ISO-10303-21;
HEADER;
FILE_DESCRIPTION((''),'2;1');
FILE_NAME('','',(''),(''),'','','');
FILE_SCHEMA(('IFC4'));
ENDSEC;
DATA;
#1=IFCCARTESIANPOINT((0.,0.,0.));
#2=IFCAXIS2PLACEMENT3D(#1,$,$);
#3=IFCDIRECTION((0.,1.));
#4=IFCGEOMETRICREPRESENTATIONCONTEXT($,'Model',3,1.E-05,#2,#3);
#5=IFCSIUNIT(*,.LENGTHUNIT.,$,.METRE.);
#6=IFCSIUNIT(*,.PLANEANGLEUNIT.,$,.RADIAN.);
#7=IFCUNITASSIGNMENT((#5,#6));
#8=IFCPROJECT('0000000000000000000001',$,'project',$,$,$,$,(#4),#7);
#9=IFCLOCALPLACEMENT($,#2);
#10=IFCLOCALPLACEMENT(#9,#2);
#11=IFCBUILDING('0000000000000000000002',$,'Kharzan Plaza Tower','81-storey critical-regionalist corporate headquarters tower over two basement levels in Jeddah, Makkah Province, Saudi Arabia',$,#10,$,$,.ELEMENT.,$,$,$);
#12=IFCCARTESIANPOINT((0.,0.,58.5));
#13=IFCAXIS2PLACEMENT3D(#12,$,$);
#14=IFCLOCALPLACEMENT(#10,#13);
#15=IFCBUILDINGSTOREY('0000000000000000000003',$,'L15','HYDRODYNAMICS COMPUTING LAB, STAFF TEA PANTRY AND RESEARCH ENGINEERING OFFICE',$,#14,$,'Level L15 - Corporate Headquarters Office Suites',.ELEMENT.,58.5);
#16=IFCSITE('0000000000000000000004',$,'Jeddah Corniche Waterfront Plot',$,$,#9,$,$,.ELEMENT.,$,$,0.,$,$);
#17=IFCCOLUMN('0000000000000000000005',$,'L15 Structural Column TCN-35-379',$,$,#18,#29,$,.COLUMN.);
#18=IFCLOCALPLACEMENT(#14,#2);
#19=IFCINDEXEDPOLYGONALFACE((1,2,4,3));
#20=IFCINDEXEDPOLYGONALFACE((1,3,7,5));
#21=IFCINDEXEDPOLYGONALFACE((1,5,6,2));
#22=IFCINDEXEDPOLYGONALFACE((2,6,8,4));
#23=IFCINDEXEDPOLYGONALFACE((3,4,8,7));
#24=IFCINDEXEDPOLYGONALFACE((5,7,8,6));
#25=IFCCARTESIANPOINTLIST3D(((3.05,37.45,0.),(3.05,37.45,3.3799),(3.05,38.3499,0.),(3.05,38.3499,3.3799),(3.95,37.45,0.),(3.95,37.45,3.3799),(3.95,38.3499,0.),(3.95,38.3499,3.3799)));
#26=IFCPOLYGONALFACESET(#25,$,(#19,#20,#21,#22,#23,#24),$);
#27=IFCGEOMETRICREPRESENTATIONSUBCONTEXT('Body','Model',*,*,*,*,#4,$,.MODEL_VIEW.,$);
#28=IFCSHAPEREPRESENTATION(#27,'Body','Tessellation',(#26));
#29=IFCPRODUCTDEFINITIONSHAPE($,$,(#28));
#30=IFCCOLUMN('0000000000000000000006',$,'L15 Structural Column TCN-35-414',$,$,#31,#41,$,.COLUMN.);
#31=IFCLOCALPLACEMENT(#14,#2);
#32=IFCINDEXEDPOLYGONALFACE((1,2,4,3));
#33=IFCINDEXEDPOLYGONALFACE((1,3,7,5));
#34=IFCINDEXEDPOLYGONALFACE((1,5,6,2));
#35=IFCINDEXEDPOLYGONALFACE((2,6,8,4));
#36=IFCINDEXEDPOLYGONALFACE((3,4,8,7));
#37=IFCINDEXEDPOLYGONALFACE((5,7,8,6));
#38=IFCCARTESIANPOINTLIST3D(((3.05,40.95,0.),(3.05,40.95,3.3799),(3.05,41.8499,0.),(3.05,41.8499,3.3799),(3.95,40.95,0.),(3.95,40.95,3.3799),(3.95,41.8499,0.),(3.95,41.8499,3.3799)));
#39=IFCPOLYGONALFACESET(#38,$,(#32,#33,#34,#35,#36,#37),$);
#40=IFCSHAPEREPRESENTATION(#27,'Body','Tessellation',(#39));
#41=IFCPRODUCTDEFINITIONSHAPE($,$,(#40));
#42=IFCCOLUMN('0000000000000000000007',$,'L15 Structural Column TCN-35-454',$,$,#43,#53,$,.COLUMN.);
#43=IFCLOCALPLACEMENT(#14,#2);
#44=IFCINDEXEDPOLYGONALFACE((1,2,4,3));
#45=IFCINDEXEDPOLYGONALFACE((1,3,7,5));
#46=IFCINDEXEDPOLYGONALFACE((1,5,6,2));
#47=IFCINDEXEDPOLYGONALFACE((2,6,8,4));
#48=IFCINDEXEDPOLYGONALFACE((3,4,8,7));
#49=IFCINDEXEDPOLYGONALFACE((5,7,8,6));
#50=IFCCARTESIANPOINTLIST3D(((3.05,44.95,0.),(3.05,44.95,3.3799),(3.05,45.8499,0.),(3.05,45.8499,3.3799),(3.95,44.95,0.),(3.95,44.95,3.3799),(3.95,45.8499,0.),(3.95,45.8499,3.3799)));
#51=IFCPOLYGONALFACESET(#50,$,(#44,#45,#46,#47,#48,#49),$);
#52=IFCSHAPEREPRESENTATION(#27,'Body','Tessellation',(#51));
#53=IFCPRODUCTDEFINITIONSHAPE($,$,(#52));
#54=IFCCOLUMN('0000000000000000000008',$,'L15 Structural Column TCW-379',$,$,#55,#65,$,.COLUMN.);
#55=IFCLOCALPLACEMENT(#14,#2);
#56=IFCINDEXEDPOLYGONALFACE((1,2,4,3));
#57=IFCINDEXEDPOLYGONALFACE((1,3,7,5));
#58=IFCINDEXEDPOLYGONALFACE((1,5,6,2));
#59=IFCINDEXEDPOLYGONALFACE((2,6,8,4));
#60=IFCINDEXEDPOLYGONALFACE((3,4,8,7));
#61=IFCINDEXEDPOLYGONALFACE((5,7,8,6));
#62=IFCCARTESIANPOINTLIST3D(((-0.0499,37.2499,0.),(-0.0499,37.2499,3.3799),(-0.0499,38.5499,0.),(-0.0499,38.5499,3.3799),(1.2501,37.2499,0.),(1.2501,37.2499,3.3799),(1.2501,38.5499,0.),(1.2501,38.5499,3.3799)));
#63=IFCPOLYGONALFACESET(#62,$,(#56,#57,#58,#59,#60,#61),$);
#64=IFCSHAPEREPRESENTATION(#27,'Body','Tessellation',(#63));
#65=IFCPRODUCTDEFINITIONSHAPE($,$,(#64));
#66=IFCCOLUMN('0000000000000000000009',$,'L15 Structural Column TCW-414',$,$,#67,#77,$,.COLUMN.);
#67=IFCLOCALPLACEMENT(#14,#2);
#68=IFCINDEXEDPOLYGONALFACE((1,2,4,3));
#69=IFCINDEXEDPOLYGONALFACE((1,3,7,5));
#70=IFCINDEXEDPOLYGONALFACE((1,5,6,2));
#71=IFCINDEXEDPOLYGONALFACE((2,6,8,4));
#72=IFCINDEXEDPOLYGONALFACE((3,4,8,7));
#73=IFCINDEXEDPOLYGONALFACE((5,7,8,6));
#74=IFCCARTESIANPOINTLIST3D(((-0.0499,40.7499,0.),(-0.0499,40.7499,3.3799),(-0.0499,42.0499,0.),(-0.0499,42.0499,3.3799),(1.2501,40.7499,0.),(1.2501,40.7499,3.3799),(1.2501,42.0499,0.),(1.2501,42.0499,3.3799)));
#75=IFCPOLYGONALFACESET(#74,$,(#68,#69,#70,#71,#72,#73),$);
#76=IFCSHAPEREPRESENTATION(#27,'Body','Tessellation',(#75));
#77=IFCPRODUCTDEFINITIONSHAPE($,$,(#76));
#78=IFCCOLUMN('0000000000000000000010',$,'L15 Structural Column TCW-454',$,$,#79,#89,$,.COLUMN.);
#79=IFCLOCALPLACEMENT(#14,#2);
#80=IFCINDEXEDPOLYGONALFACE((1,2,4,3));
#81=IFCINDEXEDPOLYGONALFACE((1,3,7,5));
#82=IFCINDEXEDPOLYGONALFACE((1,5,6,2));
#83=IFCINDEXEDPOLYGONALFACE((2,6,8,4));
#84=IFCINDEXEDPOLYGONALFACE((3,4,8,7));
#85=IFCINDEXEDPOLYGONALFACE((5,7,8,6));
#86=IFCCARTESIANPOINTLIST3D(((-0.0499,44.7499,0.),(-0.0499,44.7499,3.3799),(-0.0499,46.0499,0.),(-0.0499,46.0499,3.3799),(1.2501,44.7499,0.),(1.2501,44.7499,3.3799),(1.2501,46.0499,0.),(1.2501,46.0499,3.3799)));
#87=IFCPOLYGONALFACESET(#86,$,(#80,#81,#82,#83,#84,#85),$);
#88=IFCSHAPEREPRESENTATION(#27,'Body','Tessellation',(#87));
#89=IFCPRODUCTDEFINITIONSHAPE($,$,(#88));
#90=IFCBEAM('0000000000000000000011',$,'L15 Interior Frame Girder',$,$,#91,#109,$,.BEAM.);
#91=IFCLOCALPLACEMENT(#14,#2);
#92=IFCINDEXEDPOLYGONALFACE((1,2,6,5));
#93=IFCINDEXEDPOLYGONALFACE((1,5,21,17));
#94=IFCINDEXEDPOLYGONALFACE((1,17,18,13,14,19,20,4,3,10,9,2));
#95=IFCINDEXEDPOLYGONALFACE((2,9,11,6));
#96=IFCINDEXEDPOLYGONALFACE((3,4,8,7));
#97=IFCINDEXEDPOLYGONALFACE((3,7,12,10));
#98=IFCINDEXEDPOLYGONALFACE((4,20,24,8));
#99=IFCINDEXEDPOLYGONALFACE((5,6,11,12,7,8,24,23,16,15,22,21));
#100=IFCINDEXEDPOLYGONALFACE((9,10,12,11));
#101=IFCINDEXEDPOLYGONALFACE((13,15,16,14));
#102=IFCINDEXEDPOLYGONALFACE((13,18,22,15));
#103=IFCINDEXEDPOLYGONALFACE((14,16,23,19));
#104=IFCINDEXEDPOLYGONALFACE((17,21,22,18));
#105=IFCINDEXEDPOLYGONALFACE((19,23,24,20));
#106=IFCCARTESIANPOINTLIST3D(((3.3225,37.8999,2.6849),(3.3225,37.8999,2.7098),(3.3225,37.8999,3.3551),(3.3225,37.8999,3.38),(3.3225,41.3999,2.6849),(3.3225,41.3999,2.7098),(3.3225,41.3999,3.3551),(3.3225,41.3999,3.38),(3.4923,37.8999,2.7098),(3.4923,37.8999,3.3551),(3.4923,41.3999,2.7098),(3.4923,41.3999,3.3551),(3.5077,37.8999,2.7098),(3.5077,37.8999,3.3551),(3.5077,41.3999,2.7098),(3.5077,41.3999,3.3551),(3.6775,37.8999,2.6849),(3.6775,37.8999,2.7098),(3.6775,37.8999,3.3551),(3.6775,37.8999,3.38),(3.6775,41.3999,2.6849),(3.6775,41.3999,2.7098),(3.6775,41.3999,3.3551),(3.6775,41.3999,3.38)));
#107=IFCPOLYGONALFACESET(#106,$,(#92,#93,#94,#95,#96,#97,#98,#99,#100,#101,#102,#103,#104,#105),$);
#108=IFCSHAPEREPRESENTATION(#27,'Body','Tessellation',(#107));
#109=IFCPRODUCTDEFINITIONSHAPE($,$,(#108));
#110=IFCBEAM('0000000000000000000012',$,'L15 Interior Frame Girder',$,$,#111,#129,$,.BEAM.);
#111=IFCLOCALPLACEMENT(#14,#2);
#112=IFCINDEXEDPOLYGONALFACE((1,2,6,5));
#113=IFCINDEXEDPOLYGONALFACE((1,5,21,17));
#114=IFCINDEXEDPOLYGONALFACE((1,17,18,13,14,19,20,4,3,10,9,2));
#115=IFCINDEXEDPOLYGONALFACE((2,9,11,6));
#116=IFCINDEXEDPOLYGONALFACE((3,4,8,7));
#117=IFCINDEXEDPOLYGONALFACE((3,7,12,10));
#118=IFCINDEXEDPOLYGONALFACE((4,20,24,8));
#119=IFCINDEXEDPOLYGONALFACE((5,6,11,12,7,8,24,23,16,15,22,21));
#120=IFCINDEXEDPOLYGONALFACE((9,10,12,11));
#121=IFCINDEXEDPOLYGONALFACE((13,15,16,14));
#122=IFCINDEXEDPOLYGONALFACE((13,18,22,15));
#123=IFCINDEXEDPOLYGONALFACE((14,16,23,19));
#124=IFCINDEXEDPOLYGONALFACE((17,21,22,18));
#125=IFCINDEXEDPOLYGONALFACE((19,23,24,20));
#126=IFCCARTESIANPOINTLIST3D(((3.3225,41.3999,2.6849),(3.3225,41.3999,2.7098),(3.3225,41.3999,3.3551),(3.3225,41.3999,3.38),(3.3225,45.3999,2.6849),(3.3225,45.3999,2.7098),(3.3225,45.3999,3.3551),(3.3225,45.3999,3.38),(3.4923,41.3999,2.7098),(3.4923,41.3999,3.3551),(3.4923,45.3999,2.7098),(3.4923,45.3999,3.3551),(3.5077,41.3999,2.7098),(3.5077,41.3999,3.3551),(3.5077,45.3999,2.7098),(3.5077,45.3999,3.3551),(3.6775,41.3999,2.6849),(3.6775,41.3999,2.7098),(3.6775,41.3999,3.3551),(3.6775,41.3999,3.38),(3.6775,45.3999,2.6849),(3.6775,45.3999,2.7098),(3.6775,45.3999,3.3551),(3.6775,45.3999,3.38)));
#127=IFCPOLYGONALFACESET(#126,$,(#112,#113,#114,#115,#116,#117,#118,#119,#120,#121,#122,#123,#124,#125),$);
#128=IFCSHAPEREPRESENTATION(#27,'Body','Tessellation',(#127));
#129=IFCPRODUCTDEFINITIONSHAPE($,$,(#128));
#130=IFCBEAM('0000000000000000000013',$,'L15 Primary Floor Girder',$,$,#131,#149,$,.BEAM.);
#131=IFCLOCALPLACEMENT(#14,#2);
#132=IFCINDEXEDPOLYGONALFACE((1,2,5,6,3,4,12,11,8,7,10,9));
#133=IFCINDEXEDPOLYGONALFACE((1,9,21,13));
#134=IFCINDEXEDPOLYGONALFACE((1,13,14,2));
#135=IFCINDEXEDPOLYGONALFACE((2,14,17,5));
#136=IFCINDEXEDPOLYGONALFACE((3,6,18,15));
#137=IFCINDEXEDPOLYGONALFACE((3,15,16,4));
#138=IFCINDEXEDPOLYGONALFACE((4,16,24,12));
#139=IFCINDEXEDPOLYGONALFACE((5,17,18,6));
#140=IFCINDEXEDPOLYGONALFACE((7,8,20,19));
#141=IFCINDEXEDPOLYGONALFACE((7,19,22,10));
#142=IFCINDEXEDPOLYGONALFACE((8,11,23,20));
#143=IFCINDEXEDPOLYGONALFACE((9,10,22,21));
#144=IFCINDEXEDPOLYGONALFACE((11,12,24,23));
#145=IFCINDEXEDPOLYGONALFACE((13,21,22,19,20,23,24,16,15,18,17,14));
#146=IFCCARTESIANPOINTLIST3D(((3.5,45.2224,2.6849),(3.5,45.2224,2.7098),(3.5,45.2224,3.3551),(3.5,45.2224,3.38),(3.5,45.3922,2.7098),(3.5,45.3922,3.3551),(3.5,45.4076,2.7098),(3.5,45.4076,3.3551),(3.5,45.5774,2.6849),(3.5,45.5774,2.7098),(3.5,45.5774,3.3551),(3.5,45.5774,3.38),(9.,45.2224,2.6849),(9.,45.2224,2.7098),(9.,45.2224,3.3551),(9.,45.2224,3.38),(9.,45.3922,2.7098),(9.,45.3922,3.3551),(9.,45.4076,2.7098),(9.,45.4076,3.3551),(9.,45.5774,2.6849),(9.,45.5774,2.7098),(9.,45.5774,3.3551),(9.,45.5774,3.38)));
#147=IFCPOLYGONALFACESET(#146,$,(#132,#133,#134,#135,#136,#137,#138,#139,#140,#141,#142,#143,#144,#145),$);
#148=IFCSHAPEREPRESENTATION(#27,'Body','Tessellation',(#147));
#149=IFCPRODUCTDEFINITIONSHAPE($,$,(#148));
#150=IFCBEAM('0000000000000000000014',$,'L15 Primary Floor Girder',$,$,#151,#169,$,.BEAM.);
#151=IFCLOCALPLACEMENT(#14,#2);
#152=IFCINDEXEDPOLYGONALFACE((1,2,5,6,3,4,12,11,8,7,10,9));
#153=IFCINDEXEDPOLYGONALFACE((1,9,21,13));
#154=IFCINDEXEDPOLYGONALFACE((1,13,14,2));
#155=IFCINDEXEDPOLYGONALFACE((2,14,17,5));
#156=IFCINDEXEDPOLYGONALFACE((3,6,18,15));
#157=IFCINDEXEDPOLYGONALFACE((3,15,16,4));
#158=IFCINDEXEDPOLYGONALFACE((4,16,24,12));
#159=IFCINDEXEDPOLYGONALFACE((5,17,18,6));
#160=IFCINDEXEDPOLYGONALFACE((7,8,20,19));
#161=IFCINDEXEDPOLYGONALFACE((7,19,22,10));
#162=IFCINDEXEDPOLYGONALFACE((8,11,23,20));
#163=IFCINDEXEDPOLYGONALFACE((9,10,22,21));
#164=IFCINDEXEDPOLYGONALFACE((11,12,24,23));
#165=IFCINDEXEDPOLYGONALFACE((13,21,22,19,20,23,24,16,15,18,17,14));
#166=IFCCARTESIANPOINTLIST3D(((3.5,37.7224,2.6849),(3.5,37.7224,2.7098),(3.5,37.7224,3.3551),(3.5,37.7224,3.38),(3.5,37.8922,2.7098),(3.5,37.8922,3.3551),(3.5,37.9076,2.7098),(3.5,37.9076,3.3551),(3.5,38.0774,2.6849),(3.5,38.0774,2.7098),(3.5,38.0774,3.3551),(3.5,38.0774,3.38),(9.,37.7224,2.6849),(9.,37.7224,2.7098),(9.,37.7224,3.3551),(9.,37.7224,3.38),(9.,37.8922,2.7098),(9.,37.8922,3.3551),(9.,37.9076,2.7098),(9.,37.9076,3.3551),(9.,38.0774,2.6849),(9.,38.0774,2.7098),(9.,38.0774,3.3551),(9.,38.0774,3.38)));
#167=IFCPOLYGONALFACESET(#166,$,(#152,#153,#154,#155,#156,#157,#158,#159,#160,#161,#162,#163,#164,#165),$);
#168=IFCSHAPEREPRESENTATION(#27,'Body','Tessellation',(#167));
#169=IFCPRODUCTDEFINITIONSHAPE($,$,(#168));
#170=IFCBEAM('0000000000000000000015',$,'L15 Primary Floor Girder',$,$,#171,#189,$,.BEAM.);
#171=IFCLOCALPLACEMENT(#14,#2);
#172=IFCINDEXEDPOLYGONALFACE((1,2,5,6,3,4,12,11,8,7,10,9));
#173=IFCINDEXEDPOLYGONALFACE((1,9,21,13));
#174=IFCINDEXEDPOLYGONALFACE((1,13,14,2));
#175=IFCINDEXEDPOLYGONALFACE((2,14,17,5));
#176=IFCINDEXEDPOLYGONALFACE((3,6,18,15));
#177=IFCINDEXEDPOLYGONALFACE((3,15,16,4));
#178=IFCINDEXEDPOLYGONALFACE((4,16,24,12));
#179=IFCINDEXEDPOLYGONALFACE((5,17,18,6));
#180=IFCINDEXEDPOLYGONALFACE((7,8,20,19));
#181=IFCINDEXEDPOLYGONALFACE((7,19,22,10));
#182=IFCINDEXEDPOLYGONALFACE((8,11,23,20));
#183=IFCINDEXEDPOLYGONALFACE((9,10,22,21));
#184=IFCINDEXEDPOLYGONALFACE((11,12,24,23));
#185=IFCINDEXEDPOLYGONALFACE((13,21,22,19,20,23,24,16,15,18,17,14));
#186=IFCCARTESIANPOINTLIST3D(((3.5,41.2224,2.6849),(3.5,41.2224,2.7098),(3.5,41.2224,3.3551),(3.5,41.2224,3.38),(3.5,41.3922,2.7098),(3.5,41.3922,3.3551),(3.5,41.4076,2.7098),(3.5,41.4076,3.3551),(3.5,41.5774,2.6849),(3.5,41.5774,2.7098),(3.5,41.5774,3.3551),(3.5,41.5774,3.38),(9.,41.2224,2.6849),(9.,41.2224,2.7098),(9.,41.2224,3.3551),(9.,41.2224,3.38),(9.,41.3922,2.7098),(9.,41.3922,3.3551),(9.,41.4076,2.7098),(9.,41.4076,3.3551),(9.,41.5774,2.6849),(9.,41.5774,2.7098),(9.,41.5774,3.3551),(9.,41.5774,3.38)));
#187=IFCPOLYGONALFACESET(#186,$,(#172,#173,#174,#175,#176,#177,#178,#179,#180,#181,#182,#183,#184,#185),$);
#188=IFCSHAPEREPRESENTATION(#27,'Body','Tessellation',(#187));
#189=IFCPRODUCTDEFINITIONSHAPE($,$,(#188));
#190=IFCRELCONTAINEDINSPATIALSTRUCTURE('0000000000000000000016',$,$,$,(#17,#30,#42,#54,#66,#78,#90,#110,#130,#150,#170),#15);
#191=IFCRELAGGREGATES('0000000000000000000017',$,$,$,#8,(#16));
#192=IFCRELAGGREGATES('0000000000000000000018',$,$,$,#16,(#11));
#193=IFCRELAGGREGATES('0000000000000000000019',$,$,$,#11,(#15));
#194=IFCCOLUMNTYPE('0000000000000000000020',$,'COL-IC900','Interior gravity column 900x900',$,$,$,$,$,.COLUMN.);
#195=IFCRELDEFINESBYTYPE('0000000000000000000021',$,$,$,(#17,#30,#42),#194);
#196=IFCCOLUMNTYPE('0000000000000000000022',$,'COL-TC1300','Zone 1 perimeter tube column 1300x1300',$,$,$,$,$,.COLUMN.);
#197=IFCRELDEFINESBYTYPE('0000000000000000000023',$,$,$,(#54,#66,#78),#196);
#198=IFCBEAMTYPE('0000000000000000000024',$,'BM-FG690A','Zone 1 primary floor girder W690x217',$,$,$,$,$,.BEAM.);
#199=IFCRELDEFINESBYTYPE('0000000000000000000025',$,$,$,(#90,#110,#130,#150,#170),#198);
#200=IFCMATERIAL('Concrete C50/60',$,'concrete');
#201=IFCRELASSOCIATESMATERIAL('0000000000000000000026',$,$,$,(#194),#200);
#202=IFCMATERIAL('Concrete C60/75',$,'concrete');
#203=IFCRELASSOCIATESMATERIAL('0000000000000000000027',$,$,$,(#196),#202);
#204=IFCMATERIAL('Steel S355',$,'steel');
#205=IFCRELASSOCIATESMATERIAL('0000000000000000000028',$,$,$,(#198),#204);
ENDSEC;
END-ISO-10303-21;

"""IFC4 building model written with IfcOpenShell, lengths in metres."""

from ifc_helpers import new_model, si_unit, direction, frame, origin, origin_2d, place, context, subcontext, project, spatial, rectangle, i_section, extrude, source, transform, mapped, material, material_profile, profile_set, type_object, element, save


model = new_model("IFC4")

# Units and contexts
model_context = context("Model", 3, precision=1e-05, world=origin(), true_north=direction((0.0, 1.0)))
body_context = subcontext(model_context, "Body", "Model", "MODEL_VIEW")
ifc_project = project(units=[si_unit("LENGTHUNIT", "METRE"), si_unit("PLANEANGLEUNIT", "RADIAN")], contexts=[model_context])

# Site, building, storey
site_placement = place(None, origin())
site = spatial("IfcSite", under=ifc_project, at=site_placement, Name="Jeddah Corniche Waterfront Plot", CompositionType="ELEMENT", RefElevation=0.0)
building_placement = place(site_placement, origin())
building = spatial("IfcBuilding", under=site, at=building_placement, Name="Kharzan Plaza Tower", Description="81-storey critical-regionalist corporate headquarters tower over two basement levels in Jeddah, Makkah Province, Saudi Arabia", CompositionType="ELEMENT")
storey_placement = place(building_placement, frame((0.0, 0.0, 58.5)))
storey = spatial("IfcBuildingStorey", under=building, at=storey_placement, Name="L15", Description="HYDRODYNAMICS COMPUTING LAB, STAFF TEA PANTRY AND RESEARCH ENGINEERING OFFICE", LongName="Level L15 - Corporate Headquarters Office Suites", CompositionType="ELEMENT", Elevation=58.5)

# Columns
ifc_material_1 = material(Name="Concrete C50/60", Category="concrete")
ifc_material_profile_1 = material_profile(ifc_material_1, rectangle(XDim=0.8999, YDim=0.8999, at=origin_2d()), Name="RC-IC900x900")
ifc_profile_set_1 = profile_set([ifc_material_profile_1], Name="Concrete C50/60")
column_type_1 = type_object("IfcColumnType", Name="COL-IC900", Description="Interior gravity column 900x900", PredefinedType="COLUMN", material=ifc_profile_set_1)
shared_shape_1 = source(origin(), body_context, "Body", "SweptSolid", [
    extrude(rectangle(XDim=0.8999, YDim=0.8999, at=origin_2d()), origin(), (0.0, 0.0, 1.0), 3.3799),
])
for number, where, z_axis, x_axis, name in (
    (1, (3.5, 37.8999, 0.0), (0.0, 0.0, 1.0), (1.0, 0.0, 0.0), "L15 Structural Column TCN-35-379"),
    (2, (3.5, 41.3999, 0.0), (0.0, 0.0, 1.0), (1.0, 0.0, 0.0), "L15 Structural Column TCN-35-414"),
    (3, (3.5, 45.3999, 0.0), (0.0, 0.0, 1.0), (1.0, 0.0, 0.0), "L15 Structural Column TCN-35-454"),
):
    element("IfcColumn", number, at=place(storey_placement, frame(where, z_axis=z_axis, x_axis=x_axis)), inside=storey, type_object=column_type_1, Name=name, PredefinedType="COLUMN", context=body_context, shape_type="MappedRepresentation", body=[
        mapped(shared_shape_1, transform((0.0, 0.0, 0.0), x_axis=(1.0, 0.0, 0.0), y_axis=(0.0, 1.0, 0.0), z_axis=(0.0, 0.0, 1.0))),
    ])
ifc_material_2 = material(Name="Concrete C60/75", Category="concrete")
ifc_material_profile_2 = material_profile(ifc_material_2, rectangle(XDim=1.3, YDim=1.3, at=origin_2d()), Name="RC-TC1300x1300")
ifc_profile_set_2 = profile_set([ifc_material_profile_2], Name="Concrete C60/75")
column_type_2 = type_object("IfcColumnType", Name="COL-TC1300", Description="Zone 1 perimeter tube column 1300x1300", PredefinedType="COLUMN", material=ifc_profile_set_2)
shared_shape_2 = source(origin(), body_context, "Body", "SweptSolid", [
    extrude(rectangle(XDim=1.3, YDim=1.3, at=origin_2d()), origin(), (0.0, 0.0, 1.0), 3.3799),
])
for number, where, z_axis, x_axis, name in (
    (4, (0.6001, 37.8999, 0.0), (0.0, 0.0, 1.0), (1.0, 0.0, 0.0), "L15 Structural Column TCW-379"),
    (5, (0.6001, 41.3999, 0.0), (0.0, 0.0, 1.0), (1.0, 0.0, 0.0), "L15 Structural Column TCW-414"),
    (6, (0.6001, 45.3999, 0.0), (0.0, 0.0, 1.0), (1.0, 0.0, 0.0), "L15 Structural Column TCW-454"),
):
    element("IfcColumn", number, at=place(storey_placement, frame(where, z_axis=z_axis, x_axis=x_axis)), inside=storey, type_object=column_type_2, Name=name, PredefinedType="COLUMN", context=body_context, shape_type="MappedRepresentation", body=[
        mapped(shared_shape_2, transform((0.0, 0.0, 0.0), x_axis=(1.0, 0.0, 0.0), y_axis=(0.0, 1.0, 0.0), z_axis=(0.0, 0.0, 1.0))),
    ])

# Beams
ifc_material_3 = material(Name="Steel S355", Category="steel")
ifc_material_profile_3 = material_profile(ifc_material_3, i_section(OverallWidth=0.355, OverallDepth=0.6951, WebThickness=0.0154, FlangeThickness=0.0249, at=origin_2d()), Name="W690x217")
ifc_profile_set_3 = profile_set([ifc_material_profile_3], Name="Steel S355")
beam_type_1 = type_object("IfcBeamType", Name="BM-FG690A", Description="Zone 1 primary floor girder W690x217", PredefinedType="BEAM", material=ifc_profile_set_3)
shared_shape_3 = source(origin(), body_context, "Body", "SweptSolid", [
    extrude(i_section(OverallWidth=0.355, OverallDepth=0.6951, WebThickness=0.0154, FlangeThickness=0.0249, at=origin_2d()), origin(), (0.0, 0.0, 1.0), 3.5),
])
beam_1_placement = place(storey_placement, frame((3.5, 37.8999, 3.0325), z_axis=(0.0, 1.0, 0.0), x_axis=(-1.0, 0.0, 0.0)))
element("IfcBeam", 7, at=beam_1_placement, inside=storey, type_object=beam_type_1, Name="L15 Interior Frame Girder", PredefinedType="BEAM", context=body_context, shape_type="MappedRepresentation", body=[
    mapped(shared_shape_3, transform((0.0, 0.0, 0.0), x_axis=(1.0, 0.0, 0.0), y_axis=(0.0, 1.0, 0.0), z_axis=(0.0, 0.0, 1.0))),
])
shared_shape_4 = source(origin(), body_context, "Body", "SweptSolid", [
    extrude(i_section(OverallWidth=0.355, OverallDepth=0.6951, WebThickness=0.0154, FlangeThickness=0.0249, at=origin_2d()), origin(), (0.0, 0.0, 1.0), 4.0),
])
beam_2_placement = place(storey_placement, frame((3.5, 41.3999, 3.0325), z_axis=(0.0, 1.0, 0.0), x_axis=(-1.0, 0.0, 0.0)))
element("IfcBeam", 8, at=beam_2_placement, inside=storey, type_object=beam_type_1, Name="L15 Interior Frame Girder", PredefinedType="BEAM", context=body_context, shape_type="MappedRepresentation", body=[
    mapped(shared_shape_4, transform((0.0, 0.0, 0.0), x_axis=(1.0, 0.0, 0.0), y_axis=(0.0, 1.0, 0.0), z_axis=(0.0, 0.0, 1.0))),
])
shared_shape_5 = source(origin(), body_context, "Body", "SweptSolid", [
    extrude(i_section(OverallWidth=0.355, OverallDepth=0.6951, WebThickness=0.0154, FlangeThickness=0.0249, at=origin_2d()), origin(), (0.0, 0.0, 1.0), 5.5),
])
for number, where, z_axis, x_axis, name in (
    (9, (3.5, 45.3999, 3.0325), (1.0, 0.0, 0.0), (0.0, 1.0, 0.0), "L15 Primary Floor Girder"),
    (10, (3.5, 37.8999, 3.0325), (1.0, 0.0, 0.0), (0.0, 1.0, 0.0), "L15 Primary Floor Girder"),
    (11, (3.5, 41.3999, 3.0325), (1.0, 0.0, 0.0), (0.0, 1.0, 0.0), "L15 Primary Floor Girder"),
):
    element("IfcBeam", number, at=place(storey_placement, frame(where, z_axis=z_axis, x_axis=x_axis)), inside=storey, type_object=beam_type_1, Name=name, PredefinedType="BEAM", context=body_context, shape_type="MappedRepresentation", body=[
        mapped(shared_shape_5, transform((0.0, 0.0, 0.0), x_axis=(1.0, 0.0, 0.0), y_axis=(0.0, 1.0, 0.0), z_axis=(0.0, 0.0, 1.0))),
    ])

save(model, "model.ifc")
